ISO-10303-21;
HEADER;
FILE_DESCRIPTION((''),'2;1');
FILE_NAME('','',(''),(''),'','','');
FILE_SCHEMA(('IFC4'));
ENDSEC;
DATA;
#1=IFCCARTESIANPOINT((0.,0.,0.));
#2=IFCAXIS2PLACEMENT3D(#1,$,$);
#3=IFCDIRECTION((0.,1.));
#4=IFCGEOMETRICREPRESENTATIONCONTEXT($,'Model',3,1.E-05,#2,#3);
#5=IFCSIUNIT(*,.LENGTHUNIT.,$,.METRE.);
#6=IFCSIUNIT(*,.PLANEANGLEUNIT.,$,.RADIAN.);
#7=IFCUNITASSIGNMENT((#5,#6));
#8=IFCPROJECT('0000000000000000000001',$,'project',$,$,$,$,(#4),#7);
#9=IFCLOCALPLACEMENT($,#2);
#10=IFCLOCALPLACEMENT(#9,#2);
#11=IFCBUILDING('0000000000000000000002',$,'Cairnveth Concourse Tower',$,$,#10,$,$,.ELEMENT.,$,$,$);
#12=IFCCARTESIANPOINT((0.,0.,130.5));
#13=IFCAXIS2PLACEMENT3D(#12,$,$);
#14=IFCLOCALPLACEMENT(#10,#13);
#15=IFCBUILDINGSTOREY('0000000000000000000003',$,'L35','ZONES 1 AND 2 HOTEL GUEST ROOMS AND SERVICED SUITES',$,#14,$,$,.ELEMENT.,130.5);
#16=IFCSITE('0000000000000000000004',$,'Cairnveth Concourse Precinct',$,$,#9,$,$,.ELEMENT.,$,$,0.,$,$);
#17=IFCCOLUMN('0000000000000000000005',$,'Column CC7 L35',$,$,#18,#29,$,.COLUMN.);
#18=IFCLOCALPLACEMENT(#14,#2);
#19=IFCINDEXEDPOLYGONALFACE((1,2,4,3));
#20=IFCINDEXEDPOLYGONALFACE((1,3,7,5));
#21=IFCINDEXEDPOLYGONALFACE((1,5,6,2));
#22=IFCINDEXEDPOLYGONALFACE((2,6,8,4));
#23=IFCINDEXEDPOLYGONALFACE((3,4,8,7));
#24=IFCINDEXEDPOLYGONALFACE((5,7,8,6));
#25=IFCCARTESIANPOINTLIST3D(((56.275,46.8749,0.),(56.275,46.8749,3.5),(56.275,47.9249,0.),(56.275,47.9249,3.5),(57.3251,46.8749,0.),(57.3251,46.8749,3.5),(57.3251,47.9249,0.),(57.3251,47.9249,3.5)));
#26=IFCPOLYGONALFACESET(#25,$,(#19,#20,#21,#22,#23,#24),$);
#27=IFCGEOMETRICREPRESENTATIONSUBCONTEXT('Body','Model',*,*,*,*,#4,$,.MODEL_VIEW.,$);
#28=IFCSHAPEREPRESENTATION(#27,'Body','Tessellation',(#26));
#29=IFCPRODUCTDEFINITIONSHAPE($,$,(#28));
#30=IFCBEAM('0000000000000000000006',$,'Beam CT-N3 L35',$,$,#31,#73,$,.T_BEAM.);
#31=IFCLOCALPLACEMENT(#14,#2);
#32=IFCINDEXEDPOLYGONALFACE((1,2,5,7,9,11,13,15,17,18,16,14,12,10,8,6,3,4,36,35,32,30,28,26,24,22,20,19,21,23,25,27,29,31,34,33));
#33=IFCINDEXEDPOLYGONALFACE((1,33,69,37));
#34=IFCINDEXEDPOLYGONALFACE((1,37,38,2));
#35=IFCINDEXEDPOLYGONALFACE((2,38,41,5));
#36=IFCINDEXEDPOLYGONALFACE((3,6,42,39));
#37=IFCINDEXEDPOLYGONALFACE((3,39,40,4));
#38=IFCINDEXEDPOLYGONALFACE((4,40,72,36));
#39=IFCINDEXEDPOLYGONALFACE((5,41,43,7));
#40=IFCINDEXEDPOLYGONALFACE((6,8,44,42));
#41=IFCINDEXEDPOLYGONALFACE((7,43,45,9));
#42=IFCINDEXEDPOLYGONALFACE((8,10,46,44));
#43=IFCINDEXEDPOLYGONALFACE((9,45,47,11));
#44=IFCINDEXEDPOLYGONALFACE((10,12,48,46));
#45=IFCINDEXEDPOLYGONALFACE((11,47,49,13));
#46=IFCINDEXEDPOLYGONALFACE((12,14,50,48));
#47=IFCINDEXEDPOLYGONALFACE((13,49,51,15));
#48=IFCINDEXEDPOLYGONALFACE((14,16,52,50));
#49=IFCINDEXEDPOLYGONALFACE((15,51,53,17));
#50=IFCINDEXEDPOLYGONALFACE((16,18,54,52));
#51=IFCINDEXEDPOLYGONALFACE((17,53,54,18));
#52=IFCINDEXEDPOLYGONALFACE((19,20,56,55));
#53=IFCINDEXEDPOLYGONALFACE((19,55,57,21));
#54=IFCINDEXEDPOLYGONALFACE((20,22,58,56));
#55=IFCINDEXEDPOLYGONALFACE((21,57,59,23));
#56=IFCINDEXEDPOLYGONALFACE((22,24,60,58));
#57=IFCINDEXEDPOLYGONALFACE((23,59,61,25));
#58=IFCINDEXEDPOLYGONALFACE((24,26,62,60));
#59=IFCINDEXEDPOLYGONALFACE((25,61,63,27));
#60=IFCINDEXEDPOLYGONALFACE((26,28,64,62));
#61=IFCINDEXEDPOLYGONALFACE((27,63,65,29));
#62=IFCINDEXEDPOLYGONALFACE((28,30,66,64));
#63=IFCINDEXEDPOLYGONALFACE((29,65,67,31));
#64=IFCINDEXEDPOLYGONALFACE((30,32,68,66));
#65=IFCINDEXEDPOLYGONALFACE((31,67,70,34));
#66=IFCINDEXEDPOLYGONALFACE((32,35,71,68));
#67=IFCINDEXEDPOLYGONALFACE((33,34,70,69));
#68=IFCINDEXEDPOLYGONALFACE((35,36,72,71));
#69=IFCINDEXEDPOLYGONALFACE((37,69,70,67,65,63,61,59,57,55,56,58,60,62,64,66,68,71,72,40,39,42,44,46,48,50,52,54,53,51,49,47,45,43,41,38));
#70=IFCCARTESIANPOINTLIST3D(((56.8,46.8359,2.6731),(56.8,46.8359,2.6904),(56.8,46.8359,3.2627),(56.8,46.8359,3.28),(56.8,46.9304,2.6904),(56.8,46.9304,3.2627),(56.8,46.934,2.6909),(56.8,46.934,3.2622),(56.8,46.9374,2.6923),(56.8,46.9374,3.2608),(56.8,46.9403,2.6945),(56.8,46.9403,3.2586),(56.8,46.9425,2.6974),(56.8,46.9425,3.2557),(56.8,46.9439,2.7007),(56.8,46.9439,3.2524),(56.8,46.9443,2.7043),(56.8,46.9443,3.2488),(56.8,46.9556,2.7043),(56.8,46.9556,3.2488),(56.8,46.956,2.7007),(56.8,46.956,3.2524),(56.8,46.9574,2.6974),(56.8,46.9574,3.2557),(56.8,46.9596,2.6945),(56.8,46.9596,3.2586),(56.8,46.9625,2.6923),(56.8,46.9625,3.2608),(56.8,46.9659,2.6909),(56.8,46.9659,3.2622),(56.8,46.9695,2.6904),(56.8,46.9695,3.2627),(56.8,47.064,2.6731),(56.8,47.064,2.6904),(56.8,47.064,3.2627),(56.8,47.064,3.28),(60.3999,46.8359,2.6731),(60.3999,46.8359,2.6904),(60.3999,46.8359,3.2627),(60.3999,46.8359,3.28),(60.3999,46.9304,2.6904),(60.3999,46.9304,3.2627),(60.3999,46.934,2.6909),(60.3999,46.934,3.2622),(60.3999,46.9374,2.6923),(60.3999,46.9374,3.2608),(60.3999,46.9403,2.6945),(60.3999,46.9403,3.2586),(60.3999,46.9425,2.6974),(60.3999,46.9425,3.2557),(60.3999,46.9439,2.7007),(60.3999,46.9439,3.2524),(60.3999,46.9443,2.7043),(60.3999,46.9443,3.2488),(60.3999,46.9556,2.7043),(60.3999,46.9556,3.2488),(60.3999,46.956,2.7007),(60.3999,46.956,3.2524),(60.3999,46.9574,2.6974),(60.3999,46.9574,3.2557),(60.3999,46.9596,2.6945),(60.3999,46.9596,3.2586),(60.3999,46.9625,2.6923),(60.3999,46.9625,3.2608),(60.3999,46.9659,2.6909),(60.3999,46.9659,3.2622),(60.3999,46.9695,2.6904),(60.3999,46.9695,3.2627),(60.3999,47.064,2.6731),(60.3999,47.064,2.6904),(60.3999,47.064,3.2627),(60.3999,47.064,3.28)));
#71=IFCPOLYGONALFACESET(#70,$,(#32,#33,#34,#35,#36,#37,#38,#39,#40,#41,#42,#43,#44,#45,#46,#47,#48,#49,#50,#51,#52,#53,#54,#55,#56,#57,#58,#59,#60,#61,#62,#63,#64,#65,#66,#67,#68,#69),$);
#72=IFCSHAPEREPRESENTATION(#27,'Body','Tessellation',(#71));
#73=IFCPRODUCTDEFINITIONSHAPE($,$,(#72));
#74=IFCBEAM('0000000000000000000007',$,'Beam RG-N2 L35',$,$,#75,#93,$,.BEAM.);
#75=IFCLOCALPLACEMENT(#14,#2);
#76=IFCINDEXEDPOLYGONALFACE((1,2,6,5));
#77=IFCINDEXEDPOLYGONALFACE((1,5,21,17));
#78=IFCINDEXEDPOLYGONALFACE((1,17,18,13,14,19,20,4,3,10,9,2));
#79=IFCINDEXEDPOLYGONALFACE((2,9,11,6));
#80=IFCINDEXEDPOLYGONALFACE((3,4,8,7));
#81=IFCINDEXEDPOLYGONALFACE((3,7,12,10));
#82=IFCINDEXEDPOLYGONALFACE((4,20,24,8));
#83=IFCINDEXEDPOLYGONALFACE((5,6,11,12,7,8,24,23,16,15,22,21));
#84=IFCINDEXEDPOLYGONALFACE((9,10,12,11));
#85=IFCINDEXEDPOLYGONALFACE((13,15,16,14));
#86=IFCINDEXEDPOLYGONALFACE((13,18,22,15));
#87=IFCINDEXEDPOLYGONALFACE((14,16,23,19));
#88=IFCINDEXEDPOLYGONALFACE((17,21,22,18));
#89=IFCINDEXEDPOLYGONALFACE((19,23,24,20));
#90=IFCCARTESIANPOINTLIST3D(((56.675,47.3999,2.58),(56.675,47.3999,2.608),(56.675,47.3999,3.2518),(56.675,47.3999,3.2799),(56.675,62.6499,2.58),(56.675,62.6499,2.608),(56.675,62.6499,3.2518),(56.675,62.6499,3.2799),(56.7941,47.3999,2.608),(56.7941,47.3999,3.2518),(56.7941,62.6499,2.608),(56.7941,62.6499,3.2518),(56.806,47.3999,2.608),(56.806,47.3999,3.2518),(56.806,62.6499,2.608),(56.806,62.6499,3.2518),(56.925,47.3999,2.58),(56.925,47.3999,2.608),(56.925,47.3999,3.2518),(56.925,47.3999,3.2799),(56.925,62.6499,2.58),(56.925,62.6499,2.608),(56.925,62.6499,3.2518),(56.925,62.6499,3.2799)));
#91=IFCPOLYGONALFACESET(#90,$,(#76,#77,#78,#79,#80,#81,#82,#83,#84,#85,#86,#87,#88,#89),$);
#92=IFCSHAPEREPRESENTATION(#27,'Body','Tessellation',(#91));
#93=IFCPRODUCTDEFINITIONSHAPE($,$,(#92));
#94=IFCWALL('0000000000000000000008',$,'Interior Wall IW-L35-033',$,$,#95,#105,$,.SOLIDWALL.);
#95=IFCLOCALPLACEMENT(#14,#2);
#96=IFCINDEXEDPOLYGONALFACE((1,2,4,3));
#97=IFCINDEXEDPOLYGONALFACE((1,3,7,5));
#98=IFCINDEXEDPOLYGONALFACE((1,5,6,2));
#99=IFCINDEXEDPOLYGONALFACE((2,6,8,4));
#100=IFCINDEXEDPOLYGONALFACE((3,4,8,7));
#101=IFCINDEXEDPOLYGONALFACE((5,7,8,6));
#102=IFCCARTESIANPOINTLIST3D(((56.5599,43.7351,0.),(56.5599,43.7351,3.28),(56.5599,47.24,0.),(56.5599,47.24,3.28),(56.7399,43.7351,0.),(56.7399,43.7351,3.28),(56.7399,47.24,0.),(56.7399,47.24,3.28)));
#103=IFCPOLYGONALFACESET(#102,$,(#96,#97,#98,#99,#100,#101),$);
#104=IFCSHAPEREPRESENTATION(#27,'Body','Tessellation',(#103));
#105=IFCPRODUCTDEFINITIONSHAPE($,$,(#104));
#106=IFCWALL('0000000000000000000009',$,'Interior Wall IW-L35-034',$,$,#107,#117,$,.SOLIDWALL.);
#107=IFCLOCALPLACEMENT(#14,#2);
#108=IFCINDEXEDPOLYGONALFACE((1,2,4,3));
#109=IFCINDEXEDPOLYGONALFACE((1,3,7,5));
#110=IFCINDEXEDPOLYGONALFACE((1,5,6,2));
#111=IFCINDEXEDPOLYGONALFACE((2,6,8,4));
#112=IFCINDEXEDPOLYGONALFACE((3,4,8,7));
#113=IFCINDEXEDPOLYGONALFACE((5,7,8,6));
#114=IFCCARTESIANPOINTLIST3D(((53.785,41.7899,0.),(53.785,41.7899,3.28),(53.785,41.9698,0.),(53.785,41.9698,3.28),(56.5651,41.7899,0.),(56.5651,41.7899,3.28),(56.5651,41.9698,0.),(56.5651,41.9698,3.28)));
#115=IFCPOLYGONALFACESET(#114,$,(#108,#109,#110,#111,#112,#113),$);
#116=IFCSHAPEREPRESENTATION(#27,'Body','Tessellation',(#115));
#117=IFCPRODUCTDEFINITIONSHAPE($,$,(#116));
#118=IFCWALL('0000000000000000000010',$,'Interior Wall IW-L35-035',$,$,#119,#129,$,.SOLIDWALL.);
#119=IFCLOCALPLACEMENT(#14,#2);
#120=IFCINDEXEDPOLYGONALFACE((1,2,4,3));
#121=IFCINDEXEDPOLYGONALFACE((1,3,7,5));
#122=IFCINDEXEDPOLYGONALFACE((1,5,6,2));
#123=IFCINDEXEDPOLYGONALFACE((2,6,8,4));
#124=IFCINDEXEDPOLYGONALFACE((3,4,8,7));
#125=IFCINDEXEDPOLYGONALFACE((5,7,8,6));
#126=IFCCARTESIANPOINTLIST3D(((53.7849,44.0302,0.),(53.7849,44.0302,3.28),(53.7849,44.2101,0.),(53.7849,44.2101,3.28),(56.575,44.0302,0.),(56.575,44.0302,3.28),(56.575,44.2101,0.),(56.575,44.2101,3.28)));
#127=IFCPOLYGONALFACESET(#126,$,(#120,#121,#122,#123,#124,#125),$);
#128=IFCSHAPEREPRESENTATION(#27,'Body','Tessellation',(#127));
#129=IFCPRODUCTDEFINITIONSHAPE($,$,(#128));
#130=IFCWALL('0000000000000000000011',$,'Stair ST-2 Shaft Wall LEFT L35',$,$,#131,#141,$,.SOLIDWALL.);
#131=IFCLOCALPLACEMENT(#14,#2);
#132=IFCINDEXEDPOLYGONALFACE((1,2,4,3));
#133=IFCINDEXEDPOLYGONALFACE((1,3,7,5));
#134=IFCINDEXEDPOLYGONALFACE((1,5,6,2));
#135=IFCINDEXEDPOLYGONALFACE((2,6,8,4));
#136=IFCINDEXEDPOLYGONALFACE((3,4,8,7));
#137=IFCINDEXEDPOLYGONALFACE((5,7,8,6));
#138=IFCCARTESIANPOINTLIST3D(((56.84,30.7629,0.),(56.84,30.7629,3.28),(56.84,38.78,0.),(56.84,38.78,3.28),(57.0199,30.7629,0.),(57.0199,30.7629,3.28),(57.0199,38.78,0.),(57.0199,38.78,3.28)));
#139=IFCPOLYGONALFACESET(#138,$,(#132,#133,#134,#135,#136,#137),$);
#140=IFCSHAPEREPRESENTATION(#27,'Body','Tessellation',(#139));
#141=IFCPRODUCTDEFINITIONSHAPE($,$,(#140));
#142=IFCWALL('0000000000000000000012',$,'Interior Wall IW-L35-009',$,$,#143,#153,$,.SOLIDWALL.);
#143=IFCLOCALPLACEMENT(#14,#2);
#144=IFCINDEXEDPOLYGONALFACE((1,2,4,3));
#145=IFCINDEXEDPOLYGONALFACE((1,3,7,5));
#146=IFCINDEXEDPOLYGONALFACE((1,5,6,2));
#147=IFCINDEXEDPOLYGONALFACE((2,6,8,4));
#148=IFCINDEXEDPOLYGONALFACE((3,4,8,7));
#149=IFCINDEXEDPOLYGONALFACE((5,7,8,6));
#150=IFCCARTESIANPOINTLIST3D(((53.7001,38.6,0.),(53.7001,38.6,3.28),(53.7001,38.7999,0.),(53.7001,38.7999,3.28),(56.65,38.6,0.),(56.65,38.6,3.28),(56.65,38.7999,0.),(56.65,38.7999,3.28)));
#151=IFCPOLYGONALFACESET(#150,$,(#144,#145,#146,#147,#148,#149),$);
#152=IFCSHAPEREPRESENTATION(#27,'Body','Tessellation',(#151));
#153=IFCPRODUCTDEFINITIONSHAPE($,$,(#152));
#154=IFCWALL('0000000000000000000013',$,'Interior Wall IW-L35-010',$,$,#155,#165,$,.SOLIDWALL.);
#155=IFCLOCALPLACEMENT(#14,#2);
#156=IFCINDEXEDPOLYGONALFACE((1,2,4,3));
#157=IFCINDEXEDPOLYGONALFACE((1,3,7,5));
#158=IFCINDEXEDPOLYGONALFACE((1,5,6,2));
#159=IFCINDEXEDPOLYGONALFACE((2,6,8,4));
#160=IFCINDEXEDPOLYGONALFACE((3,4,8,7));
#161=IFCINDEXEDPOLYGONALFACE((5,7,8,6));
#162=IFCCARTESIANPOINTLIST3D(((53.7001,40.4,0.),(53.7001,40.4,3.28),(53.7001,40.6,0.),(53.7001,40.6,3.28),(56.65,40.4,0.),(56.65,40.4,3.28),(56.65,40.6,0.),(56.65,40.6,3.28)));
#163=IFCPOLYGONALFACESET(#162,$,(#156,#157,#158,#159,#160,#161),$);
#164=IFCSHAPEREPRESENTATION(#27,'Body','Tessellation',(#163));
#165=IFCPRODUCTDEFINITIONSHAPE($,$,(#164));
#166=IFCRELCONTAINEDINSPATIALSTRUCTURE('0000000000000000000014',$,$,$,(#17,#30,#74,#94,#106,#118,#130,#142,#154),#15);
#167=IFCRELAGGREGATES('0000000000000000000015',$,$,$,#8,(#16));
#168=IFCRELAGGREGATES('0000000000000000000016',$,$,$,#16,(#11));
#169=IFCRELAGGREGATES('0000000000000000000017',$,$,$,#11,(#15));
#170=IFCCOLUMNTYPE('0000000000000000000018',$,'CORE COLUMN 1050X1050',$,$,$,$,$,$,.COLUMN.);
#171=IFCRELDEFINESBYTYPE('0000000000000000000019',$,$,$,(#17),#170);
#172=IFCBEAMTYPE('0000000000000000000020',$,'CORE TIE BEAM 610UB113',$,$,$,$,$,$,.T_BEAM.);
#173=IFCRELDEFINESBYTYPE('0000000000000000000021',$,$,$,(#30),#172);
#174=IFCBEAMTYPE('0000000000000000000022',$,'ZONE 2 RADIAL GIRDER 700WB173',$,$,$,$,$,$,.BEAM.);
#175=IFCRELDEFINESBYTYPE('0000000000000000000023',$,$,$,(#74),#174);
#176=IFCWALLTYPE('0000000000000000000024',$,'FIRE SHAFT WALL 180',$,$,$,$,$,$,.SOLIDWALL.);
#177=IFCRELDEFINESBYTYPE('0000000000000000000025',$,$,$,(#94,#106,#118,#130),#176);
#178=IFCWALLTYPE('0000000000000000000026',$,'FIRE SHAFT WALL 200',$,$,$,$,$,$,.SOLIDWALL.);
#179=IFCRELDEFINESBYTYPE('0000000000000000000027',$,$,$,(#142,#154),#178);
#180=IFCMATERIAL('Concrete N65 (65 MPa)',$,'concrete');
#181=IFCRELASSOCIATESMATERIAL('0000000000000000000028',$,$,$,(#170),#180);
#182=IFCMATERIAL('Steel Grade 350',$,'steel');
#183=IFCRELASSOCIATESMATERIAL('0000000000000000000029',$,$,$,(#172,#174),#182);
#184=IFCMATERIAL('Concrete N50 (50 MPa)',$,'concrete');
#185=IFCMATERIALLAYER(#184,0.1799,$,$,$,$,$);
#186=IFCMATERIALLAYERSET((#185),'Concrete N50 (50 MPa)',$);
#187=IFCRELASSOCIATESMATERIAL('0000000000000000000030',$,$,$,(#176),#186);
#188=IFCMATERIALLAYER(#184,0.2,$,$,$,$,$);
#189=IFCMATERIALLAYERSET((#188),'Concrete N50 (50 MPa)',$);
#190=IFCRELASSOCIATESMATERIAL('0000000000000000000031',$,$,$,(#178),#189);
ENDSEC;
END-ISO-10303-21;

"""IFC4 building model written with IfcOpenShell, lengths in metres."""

from ifc_helpers import new_model, si_unit, direction, frame, frame_2d, origin, origin_2d, place, context, subcontext, project, spatial, rectangle, i_section, extrude, material, layer, layer_set, material_profile, profile_set, type_object, element, save


model = new_model("IFC4")

# Units and contexts
model_context = context("Model", 3, precision=1e-05, world=origin(), true_north=direction((0.0, 1.0)))
body_context = subcontext(model_context, "Body", "Model", "MODEL_VIEW")
ifc_project = project(units=[si_unit("LENGTHUNIT", "METRE"), si_unit("PLANEANGLEUNIT", "RADIAN")], contexts=[model_context])

# Site, building, storey
site_placement = place(None, origin())
site = spatial("IfcSite", under=ifc_project, at=site_placement, Name="Cairnveth Concourse Precinct", CompositionType="ELEMENT", RefElevation=0.0)
building_placement = place(site_placement, origin())
building = spatial("IfcBuilding", under=site, at=building_placement, Name="Cairnveth Concourse Tower", CompositionType="ELEMENT")
storey_placement = place(building_placement, frame((0.0, 0.0, 130.5)))
storey = spatial("IfcBuildingStorey", under=building, at=storey_placement, Name="L35", Description="ZONES 1 AND 2 HOTEL GUEST ROOMS AND SERVICED SUITES", CompositionType="ELEMENT", Elevation=130.5)

# Column
ifc_material_1 = material(Name="Concrete N65 (65 MPa)", Category="concrete")
ifc_material_profile_1 = material_profile(ifc_material_1, rectangle(XDim=1.05, YDim=1.05, at=origin_2d()), Name="RC-COL-1050x1050")
ifc_profile_set_1 = profile_set([ifc_material_profile_1], Name="Concrete N65 (65 MPa)")
column_type = type_object("IfcColumnType", Name="CORE COLUMN 1050X1050", PredefinedType="COLUMN", material=ifc_profile_set_1)
column_placement = place(storey_placement, frame((56.8, 47.3999, 0.0), z_axis=(0.0, 0.0, 1.0), x_axis=(1.0, 0.0, 0.0)))
element("IfcColumn", 1, at=column_placement, inside=storey, type_object=column_type, Name="Column CC7 L35", PredefinedType="COLUMN", context=body_context, shape_type="SweptSolid", body=[
    extrude(rectangle(XDim=1.05, YDim=1.05, at=origin_2d()), origin(), (0.0, 0.0, 1.0), 3.5),
])

# Beams
ifc_material_2 = material(Name="Steel Grade 350", Category="steel")
ifc_material_profile_2 = material_profile(ifc_material_2, i_section(OverallWidth=0.228, OverallDepth=0.6069, WebThickness=0.0112, FlangeThickness=0.0173, FilletRadius=0.0139, at=origin_2d()), Name="610UB113")
ifc_profile_set_2 = profile_set([ifc_material_profile_2], Name="Steel Grade 350")
beam_type_1 = type_object("IfcBeamType", Name="CORE TIE BEAM 610UB113", PredefinedType="T_BEAM", material=ifc_profile_set_2)
beam_1_placement = place(storey_placement, frame((56.8, 46.95, 2.9766), z_axis=(1.0, 0.0, 0.0), x_axis=(0.0, 1.0, 0.0)))
element("IfcBeam", 2, at=beam_1_placement, inside=storey, type_object=beam_type_1, Name="Beam CT-N3 L35", PredefinedType="T_BEAM", context=body_context, shape_type="SweptSolid", body=[
    extrude(i_section(OverallWidth=0.228, OverallDepth=0.6069, WebThickness=0.0112, FlangeThickness=0.0173, FilletRadius=0.0139, at=origin_2d()), origin(), (0.0, 0.0, 1.0), 3.5999),
])
ifc_material_profile_3 = material_profile(ifc_material_2, i_section(OverallWidth=0.25, OverallDepth=0.7, WebThickness=0.012, FlangeThickness=0.0281, at=origin_2d()), Name="700WB173")
ifc_profile_set_3 = profile_set([ifc_material_profile_3], Name="Steel Grade 350")
beam_type_2 = type_object("IfcBeamType", Name="ZONE 2 RADIAL GIRDER 700WB173", PredefinedType="BEAM", material=ifc_profile_set_3)
beam_2_placement = place(storey_placement, frame((56.8, 47.3999, 2.9299), z_axis=(0.0, 1.0, 0.0), x_axis=(-1.0, 0.0, 0.0)))
element("IfcBeam", 3, at=beam_2_placement, inside=storey, type_object=beam_type_2, Name="Beam RG-N2 L35", PredefinedType="BEAM", context=body_context, shape_type="SweptSolid", body=[
    extrude(i_section(OverallWidth=0.25, OverallDepth=0.7, WebThickness=0.012, FlangeThickness=0.0281, at=origin_2d()), origin(), (0.0, 0.0, 1.0), 15.25),
])

# Walls
ifc_material_3 = material(Name="Concrete N50 (50 MPa)", Category="concrete")
ifc_layer_1 = layer(ifc_material_3, 0.1799)
ifc_layer_set_1 = layer_set([ifc_layer_1], Name="Concrete N50 (50 MPa)")
wall_type_1 = type_object("IfcWallType", Name="FIRE SHAFT WALL 180", PredefinedType="SOLIDWALL", material=ifc_layer_set_1)
wall_1_placement = place(storey_placement, frame((56.6499, 43.7351, 0.0), z_axis=(0.0, 0.0, 1.0), x_axis=(0.0, 1.0, 0.0)))
element("IfcWall", 4, at=wall_1_placement, inside=storey, type_object=wall_type_1, Name="Interior Wall IW-L35-033", PredefinedType="SOLIDWALL", context=body_context, shape_type="SweptSolid", body=[
    extrude(rectangle(XDim=3.5049, YDim=0.1799, at=frame_2d((1.7524, 0.0))), origin(), (0.0, 0.0, 1.0), 3.28),
])
wall_2_placement = place(storey_placement, frame((53.7849, 41.8799, 0.0), z_axis=(0.0, 0.0, 1.0), x_axis=(1.0, 0.0, 0.0)))
element("IfcWall", 5, at=wall_2_placement, inside=storey, type_object=wall_type_1, Name="Interior Wall IW-L35-034", PredefinedType="SOLIDWALL", context=body_context, shape_type="SweptSolid", body=[
    extrude(rectangle(XDim=2.78, YDim=0.1799, at=frame_2d((1.3901, 0.0))), origin(), (0.0, 0.0, 1.0), 3.28),
])
wall_3_placement = place(storey_placement, frame((53.7849, 44.1201, 0.0), z_axis=(0.0, 0.0, 1.0), x_axis=(1.0, 0.0, 0.0)))
element("IfcWall", 6, at=wall_3_placement, inside=storey, type_object=wall_type_1, Name="Interior Wall IW-L35-035", PredefinedType="SOLIDWALL", context=body_context, shape_type="SweptSolid", body=[
    extrude(rectangle(XDim=2.79, YDim=0.1799, at=frame_2d((1.395, 0.0))), origin(), (0.0, 0.0, 1.0), 3.28),
])

# Walls
wall_4_placement = place(storey_placement, frame((56.9299, 38.78, 0.0), z_axis=(0.0, 0.0, 1.0), x_axis=(0.0, -1.0, 0.0)))
element("IfcWall", 7, at=wall_4_placement, inside=storey, type_object=wall_type_1, Name="Stair ST-2 Shaft Wall LEFT L35", PredefinedType="SOLIDWALL", context=body_context, shape_type="SweptSolid", body=[
    extrude(rectangle(XDim=8.0171, YDim=0.1799, at=frame_2d((4.0085, 0.0))), origin(), (0.0, 0.0, 1.0), 3.28),
])
ifc_layer_2 = layer(ifc_material_3, 0.2)
ifc_layer_set_2 = layer_set([ifc_layer_2], Name="Concrete N50 (50 MPa)")
wall_type_2 = type_object("IfcWallType", Name="FIRE SHAFT WALL 200", PredefinedType="SOLIDWALL", material=ifc_layer_set_2)
for number, where, z_axis, x_axis, name in (
    (8, (53.7, 38.7, 0.0), (0.0, 0.0, 1.0), (1.0, 0.0, 0.0), "Interior Wall IW-L35-009"),
    (9, (53.7, 40.5, 0.0), (0.0, 0.0, 1.0), (1.0, 0.0, 0.0), "Interior Wall IW-L35-010"),
):
    element("IfcWall", number, at=place(storey_placement, frame(where, z_axis=z_axis, x_axis=x_axis)), inside=storey, type_object=wall_type_2, Name=name, PredefinedType="SOLIDWALL", context=body_context, shape_type="SweptSolid", body=[
        extrude(rectangle(XDim=2.95, YDim=0.2, at=frame_2d((1.4751, 0.0))), origin(), (0.0, 0.0, 1.0), 3.28),
    ])

save(model, "model.ifc")
